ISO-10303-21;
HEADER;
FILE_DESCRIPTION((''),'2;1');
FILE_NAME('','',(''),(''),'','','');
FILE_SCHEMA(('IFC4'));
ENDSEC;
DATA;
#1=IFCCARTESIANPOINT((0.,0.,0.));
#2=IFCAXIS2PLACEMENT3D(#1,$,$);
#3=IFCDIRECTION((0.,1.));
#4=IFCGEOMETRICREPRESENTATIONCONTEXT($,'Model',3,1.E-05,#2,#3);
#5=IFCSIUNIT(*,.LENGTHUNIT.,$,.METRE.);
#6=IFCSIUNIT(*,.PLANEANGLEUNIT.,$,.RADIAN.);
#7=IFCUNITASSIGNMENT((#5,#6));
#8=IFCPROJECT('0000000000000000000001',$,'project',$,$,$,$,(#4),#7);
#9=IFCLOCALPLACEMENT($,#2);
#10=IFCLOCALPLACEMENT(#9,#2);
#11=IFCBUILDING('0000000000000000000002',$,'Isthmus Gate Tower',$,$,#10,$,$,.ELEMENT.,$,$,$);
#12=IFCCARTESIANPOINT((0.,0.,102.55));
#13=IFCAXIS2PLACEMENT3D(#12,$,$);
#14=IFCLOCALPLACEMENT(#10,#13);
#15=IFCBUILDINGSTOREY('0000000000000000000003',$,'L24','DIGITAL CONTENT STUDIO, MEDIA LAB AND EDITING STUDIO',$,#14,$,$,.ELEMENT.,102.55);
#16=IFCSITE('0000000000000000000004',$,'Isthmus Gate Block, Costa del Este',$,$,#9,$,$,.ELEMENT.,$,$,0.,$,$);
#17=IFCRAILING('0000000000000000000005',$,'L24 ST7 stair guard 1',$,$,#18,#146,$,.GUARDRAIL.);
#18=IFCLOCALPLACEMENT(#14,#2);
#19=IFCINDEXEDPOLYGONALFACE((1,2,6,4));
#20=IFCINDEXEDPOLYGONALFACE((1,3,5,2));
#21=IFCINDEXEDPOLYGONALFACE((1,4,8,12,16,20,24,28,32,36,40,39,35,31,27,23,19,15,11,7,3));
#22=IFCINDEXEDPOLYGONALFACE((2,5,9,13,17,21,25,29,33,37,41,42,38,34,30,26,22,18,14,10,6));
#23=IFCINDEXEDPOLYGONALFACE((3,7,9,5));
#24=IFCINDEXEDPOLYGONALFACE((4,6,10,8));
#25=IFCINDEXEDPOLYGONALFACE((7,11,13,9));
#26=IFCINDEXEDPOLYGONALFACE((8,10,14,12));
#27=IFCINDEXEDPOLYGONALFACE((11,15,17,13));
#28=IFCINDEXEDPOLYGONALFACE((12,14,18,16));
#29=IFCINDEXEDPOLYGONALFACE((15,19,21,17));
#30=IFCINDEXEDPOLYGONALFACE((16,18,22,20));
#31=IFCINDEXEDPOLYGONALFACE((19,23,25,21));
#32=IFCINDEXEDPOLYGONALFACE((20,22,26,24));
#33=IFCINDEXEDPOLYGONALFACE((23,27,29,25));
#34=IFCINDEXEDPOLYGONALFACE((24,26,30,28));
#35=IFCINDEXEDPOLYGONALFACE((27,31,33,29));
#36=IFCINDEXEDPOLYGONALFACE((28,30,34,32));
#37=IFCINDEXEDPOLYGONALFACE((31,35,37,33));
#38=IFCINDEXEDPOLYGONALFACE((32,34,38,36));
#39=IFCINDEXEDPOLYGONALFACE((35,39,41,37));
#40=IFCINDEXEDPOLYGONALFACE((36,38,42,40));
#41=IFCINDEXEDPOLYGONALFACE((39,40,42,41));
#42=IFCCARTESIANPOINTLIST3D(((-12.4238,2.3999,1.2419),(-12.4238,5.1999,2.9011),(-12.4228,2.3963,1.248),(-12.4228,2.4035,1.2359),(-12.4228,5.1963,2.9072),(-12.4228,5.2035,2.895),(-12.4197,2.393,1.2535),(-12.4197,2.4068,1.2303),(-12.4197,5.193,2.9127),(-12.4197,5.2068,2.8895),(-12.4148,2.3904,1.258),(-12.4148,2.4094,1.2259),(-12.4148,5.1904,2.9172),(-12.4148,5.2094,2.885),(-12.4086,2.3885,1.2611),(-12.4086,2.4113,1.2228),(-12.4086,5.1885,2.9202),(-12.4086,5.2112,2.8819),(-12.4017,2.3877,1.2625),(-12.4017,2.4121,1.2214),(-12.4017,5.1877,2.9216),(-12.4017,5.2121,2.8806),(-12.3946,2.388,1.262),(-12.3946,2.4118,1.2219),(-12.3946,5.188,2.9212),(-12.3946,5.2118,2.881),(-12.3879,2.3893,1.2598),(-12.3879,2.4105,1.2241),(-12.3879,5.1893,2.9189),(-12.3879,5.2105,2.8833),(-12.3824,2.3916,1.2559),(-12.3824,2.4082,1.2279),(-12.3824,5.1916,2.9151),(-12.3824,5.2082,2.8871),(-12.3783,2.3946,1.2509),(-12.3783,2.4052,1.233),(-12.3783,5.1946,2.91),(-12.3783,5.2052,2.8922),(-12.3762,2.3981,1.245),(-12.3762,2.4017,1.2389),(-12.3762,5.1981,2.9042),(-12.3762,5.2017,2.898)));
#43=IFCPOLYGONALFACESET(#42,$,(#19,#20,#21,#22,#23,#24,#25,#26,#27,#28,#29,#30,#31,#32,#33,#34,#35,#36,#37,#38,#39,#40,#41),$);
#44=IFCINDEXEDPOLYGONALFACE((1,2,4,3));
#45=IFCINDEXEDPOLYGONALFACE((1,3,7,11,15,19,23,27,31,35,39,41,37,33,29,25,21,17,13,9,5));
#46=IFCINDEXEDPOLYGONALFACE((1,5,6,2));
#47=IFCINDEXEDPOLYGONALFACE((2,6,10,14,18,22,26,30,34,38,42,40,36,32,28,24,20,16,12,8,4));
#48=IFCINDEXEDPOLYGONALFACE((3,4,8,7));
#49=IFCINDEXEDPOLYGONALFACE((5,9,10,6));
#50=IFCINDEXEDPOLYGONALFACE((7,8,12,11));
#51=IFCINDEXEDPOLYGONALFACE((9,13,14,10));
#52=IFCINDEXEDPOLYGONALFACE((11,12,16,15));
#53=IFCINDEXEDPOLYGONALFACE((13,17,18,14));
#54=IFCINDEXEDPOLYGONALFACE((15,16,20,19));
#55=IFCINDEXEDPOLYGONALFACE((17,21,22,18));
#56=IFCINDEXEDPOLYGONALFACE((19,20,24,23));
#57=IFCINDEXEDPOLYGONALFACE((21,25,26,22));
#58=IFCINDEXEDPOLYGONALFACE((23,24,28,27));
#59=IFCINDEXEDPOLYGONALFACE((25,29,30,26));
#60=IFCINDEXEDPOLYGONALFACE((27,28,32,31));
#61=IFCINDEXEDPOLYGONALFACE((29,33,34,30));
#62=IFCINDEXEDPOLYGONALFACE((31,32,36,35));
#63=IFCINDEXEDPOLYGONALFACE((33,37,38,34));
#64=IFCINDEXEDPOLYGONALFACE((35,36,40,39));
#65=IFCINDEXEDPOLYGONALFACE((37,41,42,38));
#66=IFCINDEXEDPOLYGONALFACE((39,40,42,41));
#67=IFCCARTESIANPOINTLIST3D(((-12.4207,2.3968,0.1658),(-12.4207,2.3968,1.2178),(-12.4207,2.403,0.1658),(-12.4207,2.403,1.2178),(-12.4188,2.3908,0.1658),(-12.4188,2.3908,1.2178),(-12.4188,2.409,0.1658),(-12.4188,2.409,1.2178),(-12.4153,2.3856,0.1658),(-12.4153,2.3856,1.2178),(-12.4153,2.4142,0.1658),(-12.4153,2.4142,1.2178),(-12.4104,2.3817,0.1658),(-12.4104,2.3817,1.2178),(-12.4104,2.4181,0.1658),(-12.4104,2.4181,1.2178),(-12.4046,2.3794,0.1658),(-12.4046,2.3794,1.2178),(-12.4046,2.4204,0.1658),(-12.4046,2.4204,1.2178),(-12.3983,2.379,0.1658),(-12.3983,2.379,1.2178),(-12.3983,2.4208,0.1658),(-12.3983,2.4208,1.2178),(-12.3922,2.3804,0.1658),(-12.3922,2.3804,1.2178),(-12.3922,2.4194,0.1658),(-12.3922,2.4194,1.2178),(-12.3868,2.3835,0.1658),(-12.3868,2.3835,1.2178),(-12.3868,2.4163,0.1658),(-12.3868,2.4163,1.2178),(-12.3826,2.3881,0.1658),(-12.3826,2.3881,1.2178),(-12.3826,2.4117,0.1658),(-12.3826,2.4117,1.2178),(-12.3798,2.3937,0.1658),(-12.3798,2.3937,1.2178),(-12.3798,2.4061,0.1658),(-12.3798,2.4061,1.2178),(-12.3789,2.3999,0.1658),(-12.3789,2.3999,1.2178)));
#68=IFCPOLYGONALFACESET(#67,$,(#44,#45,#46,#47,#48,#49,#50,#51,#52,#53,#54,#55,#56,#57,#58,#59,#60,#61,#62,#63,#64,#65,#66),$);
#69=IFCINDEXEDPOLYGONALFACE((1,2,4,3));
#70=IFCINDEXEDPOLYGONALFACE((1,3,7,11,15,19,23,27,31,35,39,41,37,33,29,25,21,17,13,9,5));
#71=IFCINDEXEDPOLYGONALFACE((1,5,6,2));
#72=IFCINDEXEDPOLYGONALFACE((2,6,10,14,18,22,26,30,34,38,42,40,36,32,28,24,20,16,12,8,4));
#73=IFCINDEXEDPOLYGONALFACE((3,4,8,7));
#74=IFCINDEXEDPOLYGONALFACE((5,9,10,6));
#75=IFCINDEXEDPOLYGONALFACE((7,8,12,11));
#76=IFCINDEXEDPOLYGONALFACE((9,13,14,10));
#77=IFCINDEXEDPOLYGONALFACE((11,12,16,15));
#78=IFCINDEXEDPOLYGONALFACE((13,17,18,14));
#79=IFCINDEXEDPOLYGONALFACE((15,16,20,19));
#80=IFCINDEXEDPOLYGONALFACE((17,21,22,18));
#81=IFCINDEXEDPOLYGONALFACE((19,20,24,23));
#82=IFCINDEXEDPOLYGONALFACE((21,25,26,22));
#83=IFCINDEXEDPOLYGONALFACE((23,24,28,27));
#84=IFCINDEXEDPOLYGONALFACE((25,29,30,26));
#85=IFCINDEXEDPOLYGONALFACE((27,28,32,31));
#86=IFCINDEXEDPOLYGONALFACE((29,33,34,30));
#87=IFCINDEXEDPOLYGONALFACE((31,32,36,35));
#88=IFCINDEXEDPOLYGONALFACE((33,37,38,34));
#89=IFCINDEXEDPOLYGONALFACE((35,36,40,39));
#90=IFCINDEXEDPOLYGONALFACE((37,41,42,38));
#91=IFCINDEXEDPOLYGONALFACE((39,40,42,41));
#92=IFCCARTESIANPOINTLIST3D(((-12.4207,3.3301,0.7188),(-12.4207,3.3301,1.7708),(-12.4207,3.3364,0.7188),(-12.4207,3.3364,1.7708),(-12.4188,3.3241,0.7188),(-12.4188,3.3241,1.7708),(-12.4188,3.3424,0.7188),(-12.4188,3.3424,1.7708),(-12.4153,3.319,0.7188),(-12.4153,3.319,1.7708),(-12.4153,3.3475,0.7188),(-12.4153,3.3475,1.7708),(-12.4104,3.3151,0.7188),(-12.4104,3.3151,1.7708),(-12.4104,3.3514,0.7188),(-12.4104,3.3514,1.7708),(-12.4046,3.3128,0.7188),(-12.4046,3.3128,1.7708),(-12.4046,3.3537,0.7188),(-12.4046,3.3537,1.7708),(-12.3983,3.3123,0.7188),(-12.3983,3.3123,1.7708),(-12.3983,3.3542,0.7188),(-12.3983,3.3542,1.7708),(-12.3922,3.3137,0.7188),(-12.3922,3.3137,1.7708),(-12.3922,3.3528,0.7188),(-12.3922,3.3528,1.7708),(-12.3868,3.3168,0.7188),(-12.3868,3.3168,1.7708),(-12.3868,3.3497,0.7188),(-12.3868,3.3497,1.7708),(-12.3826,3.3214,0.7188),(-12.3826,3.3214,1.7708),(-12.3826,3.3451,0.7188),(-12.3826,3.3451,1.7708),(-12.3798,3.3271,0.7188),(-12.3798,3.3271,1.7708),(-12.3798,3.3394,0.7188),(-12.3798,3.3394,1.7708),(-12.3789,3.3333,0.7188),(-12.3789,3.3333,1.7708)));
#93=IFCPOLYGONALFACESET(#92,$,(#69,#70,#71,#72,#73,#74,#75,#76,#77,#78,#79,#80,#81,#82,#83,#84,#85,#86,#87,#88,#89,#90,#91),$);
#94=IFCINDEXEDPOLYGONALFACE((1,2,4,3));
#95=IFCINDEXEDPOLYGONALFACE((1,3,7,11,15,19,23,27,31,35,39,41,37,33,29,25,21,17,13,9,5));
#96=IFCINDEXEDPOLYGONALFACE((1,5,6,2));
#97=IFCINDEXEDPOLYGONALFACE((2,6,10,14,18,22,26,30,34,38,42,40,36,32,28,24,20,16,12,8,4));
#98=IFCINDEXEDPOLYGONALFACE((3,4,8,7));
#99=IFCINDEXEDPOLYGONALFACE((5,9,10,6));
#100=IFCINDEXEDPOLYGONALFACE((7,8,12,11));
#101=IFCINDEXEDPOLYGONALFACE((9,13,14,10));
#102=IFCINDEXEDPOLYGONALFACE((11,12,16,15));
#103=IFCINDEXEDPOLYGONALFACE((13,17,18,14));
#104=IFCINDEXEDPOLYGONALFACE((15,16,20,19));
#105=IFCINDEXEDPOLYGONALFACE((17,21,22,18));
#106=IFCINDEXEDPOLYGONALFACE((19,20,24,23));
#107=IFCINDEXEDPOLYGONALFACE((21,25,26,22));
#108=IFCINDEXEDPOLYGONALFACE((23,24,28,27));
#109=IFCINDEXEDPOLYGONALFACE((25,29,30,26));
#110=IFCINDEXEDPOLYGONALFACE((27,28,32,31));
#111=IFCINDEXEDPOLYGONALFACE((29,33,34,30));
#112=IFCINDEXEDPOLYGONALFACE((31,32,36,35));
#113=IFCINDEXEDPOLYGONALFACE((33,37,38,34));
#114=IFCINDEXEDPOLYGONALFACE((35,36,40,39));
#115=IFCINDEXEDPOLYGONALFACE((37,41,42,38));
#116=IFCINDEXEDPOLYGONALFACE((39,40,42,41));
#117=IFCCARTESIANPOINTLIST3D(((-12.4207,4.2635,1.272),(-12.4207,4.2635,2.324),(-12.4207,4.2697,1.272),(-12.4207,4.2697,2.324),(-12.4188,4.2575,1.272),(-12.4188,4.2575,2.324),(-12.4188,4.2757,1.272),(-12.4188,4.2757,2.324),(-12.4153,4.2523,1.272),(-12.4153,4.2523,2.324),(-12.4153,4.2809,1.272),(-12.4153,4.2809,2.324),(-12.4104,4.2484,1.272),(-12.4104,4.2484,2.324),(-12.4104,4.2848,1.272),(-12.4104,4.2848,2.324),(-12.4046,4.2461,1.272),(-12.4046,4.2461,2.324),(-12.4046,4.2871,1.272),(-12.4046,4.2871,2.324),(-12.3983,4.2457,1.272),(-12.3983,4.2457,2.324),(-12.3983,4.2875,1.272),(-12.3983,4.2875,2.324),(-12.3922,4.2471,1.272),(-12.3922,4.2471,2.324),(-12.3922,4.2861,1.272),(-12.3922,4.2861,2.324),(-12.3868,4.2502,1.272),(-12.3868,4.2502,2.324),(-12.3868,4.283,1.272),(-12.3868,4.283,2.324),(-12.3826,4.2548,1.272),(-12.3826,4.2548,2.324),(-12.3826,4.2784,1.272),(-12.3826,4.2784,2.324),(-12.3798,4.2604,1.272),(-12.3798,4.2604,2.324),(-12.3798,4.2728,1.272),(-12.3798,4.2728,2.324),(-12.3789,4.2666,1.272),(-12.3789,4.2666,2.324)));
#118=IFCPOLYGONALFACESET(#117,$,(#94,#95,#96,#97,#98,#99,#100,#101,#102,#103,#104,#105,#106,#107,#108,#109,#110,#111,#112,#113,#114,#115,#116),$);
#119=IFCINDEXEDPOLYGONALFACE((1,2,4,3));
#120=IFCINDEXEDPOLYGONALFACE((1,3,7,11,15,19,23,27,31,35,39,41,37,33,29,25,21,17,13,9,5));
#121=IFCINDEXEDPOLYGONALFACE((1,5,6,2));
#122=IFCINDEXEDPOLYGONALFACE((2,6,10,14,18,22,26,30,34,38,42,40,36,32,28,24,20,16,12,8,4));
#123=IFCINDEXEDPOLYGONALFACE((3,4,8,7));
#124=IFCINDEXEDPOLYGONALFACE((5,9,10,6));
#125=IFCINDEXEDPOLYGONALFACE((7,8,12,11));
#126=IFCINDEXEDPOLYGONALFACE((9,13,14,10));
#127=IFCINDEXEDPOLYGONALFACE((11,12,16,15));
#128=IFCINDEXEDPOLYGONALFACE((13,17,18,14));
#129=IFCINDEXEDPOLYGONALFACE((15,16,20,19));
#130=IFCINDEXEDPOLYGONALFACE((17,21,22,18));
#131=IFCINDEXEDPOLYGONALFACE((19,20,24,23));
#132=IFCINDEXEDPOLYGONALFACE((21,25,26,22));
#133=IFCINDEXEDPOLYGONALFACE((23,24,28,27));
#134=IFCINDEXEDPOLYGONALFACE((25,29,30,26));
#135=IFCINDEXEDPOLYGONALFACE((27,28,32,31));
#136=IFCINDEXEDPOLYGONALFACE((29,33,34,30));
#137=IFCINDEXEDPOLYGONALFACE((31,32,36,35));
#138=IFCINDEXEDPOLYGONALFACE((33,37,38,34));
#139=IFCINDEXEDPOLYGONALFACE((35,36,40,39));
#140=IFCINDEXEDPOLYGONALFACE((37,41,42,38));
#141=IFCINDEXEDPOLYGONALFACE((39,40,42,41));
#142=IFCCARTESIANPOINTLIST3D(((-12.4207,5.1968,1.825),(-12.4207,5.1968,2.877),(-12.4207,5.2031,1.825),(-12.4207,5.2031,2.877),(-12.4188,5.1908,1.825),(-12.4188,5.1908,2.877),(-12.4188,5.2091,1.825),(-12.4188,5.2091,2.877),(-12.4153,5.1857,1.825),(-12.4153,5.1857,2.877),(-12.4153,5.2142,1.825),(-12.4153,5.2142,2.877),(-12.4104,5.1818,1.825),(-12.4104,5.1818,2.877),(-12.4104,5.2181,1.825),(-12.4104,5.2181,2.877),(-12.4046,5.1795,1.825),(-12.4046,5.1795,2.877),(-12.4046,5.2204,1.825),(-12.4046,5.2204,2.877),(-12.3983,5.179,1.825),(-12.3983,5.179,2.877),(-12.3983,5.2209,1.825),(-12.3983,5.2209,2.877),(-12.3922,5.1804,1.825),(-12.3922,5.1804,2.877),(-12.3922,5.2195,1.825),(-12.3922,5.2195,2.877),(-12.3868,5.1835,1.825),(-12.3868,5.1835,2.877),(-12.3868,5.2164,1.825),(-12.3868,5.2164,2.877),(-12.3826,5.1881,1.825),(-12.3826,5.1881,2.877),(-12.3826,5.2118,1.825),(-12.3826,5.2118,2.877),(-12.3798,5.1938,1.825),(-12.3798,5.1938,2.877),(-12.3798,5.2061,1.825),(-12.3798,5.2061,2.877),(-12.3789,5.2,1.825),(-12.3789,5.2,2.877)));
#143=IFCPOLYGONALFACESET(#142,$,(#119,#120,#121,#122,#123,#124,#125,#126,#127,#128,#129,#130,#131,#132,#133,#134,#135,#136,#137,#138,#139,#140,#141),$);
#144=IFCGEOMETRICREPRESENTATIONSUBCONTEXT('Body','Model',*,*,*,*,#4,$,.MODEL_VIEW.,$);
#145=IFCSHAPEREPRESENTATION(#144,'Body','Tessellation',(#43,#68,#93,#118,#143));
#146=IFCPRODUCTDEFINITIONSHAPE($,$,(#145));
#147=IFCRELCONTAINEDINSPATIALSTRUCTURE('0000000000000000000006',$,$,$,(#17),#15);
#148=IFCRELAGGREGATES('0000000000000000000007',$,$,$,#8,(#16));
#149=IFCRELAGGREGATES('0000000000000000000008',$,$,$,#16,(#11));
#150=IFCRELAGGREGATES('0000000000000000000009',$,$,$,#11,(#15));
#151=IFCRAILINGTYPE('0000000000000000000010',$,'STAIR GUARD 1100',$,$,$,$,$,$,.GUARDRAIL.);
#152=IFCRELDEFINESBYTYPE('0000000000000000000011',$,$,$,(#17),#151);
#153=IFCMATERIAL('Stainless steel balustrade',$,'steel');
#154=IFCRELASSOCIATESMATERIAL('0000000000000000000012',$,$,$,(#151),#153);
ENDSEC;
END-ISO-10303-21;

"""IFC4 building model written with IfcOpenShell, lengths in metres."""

from ifc_helpers import new_model, si_unit, direction, frame, origin, origin_2d, place, context, subcontext, project, spatial, circle, extrude, material, type_object, element, save


model = new_model("IFC4")

# Units and contexts
model_context = context("Model", 3, precision=1e-05, world=origin(), true_north=direction((0.0, 1.0)))
body_context = subcontext(model_context, "Body", "Model", "MODEL_VIEW")
ifc_project = project(units=[si_unit("LENGTHUNIT", "METRE"), si_unit("PLANEANGLEUNIT", "RADIAN")], contexts=[model_context])

# Site, building, storey
site_placement = place(None, origin())
site = spatial("IfcSite", under=ifc_project, at=site_placement, Name="Isthmus Gate Block, Costa del Este", CompositionType="ELEMENT", RefElevation=0.0)
building_placement = place(site_placement, origin())
building = spatial("IfcBuilding", under=site, at=building_placement, Name="Isthmus Gate Tower", CompositionType="ELEMENT")
storey_placement = place(building_placement, frame((0.0, 0.0, 102.55)))
storey = spatial("IfcBuildingStorey", under=building, at=storey_placement, Name="L24", Description="DIGITAL CONTENT STUDIO, MEDIA LAB AND EDITING STUDIO", CompositionType="ELEMENT", Elevation=102.55)

# Railing
ifc_material_1 = material(Name="Stainless steel balustrade", Category="steel")
railing_type_1 = type_object("IfcRailingType", Name="STAIR GUARD 1100", PredefinedType="GUARDRAIL", material=ifc_material_1)
railing_1_placement = place(storey_placement, frame((-12.3999, 2.3999, 0.1658)))
element("IfcRailing", 1, at=railing_1_placement, inside=storey, type_object=railing_type_1, Name="L24 ST7 stair guard 1", PredefinedType="GUARDRAIL", context=body_context, shape_type="SweptSolid", body=[
    extrude(circle(Radius=0.0239, at=origin_2d()), frame((0.0, 0.0, 1.0762), z_axis=(0.0, 0.860306, 0.509778), x_axis=(-1.0, 0.0, 0.0)), (0.0, 0.0, 1.0), 3.2546),
    extrude(circle(Radius=0.021, at=origin_2d()), origin(), (0.0, 0.0, 1.0), 1.052),
    extrude(circle(Radius=0.021, at=origin_2d()), frame((0.0, 0.9333, 0.553)), (0.0, 0.0, 1.0), 1.052),
    extrude(circle(Radius=0.021, at=origin_2d()), frame((0.0, 1.8667, 1.1062)), (0.0, 0.0, 1.0), 1.052),
    extrude(circle(Radius=0.021, at=origin_2d()), frame((0.0, 2.8, 1.6592)), (0.0, 0.0, 1.0), 1.052),
])

save(model, "model.ifc")
